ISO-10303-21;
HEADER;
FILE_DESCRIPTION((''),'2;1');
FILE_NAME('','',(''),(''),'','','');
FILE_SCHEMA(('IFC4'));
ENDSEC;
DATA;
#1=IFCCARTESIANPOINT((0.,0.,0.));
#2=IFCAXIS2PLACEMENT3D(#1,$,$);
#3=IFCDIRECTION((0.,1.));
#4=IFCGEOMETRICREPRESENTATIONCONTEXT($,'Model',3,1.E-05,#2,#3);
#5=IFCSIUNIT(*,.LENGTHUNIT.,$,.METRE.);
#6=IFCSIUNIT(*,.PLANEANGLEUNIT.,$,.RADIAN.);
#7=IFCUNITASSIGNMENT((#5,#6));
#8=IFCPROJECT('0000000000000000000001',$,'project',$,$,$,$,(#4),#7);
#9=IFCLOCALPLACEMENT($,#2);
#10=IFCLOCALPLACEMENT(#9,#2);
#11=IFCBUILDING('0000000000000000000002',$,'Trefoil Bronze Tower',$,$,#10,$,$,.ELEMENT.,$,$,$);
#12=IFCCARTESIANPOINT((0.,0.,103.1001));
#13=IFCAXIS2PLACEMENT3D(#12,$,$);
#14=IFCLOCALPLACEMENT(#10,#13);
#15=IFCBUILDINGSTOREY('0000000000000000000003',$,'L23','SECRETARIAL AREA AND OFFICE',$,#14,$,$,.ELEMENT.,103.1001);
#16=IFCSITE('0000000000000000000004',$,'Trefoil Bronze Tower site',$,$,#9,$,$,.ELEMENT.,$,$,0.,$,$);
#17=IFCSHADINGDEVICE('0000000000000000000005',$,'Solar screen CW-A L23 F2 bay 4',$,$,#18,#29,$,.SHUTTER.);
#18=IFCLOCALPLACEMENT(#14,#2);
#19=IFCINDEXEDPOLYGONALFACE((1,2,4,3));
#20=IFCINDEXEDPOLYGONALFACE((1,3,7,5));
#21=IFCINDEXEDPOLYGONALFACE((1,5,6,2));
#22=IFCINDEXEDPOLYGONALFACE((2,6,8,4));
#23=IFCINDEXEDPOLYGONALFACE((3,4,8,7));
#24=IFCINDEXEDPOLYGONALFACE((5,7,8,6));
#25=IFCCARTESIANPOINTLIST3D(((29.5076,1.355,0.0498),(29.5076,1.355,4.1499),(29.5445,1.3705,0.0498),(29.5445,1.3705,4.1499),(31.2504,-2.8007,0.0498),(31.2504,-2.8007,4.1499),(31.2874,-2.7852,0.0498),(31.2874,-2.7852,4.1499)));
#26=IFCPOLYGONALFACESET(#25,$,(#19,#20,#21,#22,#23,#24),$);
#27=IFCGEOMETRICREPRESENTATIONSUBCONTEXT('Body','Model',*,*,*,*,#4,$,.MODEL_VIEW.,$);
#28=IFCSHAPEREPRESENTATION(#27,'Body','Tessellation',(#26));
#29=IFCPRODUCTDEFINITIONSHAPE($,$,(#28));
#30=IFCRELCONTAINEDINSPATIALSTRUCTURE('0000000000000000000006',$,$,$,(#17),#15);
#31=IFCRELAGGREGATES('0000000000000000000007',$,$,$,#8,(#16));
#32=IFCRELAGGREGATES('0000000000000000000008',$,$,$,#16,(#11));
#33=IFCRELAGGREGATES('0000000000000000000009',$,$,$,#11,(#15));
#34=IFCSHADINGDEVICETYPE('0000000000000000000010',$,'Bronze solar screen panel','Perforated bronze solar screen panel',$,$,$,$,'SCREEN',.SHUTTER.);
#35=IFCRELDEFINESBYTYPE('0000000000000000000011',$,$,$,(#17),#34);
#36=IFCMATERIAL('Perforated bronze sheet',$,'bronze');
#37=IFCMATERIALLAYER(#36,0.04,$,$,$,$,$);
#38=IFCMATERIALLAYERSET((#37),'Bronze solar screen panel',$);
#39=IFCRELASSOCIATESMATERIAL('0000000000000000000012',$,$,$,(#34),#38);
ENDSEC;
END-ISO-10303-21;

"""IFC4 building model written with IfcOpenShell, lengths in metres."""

from ifc_helpers import new_model, si_unit, direction, frame, origin, origin_2d, place, context, subcontext, project, spatial, rectangle, extrude, material, layer, layer_set, type_object, element, save


model = new_model("IFC4")

# Units and contexts
model_context = context("Model", 3, precision=1e-05, world=origin(), true_north=direction((0.0, 1.0)))
body_context = subcontext(model_context, "Body", "Model", "MODEL_VIEW")
ifc_project = project(units=[si_unit("LENGTHUNIT", "METRE"), si_unit("PLANEANGLEUNIT", "RADIAN")], contexts=[model_context])

# Site, building, storey
site_placement = place(None, origin())
site = spatial("IfcSite", under=ifc_project, at=site_placement, Name="Trefoil Bronze Tower site", CompositionType="ELEMENT", RefElevation=0.0)
building_placement = place(site_placement, origin())
building = spatial("IfcBuilding", under=site, at=building_placement, Name="Trefoil Bronze Tower", CompositionType="ELEMENT")
storey_placement = place(building_placement, frame((0.0, 0.0, 103.1001)))
storey = spatial("IfcBuildingStorey", under=building, at=storey_placement, Name="L23", Description="SECRETARIAL AREA AND OFFICE", CompositionType="ELEMENT", Elevation=103.1001)

# Shading device
ifc_material_1 = material(Name="Perforated bronze sheet", Category="bronze")
ifc_layer_1 = layer(ifc_material_1, 0.04)
ifc_layer_set_1 = layer_set([ifc_layer_1], Name="Bronze solar screen panel")
shading_device_type = type_object("IfcShadingDeviceType", Name="Bronze solar screen panel", Description="Perforated bronze solar screen panel", ElementType="SCREEN", PredefinedType="SHUTTER", material=ifc_layer_set_1)
shading_device_1_placement = place(storey_placement, frame((30.3975, -0.7151, 0.0498), z_axis=(0.0, 0.0, 1.0), x_axis=(-0.386759, 0.922181, 0.0)))
element("IfcShadingDevice", 1, at=shading_device_1_placement, inside=storey, type_object=shading_device_type, Name="Solar screen CW-A L23 F2 bay 4", PredefinedType="SHUTTER", context=body_context, shape_type="SweptSolid", body=[
    extrude(rectangle(XDim=4.5063, YDim=0.04, at=origin_2d()), origin(), (0.0, 0.0, 1.0), 4.1001),
])

save(model, "model.ifc")
